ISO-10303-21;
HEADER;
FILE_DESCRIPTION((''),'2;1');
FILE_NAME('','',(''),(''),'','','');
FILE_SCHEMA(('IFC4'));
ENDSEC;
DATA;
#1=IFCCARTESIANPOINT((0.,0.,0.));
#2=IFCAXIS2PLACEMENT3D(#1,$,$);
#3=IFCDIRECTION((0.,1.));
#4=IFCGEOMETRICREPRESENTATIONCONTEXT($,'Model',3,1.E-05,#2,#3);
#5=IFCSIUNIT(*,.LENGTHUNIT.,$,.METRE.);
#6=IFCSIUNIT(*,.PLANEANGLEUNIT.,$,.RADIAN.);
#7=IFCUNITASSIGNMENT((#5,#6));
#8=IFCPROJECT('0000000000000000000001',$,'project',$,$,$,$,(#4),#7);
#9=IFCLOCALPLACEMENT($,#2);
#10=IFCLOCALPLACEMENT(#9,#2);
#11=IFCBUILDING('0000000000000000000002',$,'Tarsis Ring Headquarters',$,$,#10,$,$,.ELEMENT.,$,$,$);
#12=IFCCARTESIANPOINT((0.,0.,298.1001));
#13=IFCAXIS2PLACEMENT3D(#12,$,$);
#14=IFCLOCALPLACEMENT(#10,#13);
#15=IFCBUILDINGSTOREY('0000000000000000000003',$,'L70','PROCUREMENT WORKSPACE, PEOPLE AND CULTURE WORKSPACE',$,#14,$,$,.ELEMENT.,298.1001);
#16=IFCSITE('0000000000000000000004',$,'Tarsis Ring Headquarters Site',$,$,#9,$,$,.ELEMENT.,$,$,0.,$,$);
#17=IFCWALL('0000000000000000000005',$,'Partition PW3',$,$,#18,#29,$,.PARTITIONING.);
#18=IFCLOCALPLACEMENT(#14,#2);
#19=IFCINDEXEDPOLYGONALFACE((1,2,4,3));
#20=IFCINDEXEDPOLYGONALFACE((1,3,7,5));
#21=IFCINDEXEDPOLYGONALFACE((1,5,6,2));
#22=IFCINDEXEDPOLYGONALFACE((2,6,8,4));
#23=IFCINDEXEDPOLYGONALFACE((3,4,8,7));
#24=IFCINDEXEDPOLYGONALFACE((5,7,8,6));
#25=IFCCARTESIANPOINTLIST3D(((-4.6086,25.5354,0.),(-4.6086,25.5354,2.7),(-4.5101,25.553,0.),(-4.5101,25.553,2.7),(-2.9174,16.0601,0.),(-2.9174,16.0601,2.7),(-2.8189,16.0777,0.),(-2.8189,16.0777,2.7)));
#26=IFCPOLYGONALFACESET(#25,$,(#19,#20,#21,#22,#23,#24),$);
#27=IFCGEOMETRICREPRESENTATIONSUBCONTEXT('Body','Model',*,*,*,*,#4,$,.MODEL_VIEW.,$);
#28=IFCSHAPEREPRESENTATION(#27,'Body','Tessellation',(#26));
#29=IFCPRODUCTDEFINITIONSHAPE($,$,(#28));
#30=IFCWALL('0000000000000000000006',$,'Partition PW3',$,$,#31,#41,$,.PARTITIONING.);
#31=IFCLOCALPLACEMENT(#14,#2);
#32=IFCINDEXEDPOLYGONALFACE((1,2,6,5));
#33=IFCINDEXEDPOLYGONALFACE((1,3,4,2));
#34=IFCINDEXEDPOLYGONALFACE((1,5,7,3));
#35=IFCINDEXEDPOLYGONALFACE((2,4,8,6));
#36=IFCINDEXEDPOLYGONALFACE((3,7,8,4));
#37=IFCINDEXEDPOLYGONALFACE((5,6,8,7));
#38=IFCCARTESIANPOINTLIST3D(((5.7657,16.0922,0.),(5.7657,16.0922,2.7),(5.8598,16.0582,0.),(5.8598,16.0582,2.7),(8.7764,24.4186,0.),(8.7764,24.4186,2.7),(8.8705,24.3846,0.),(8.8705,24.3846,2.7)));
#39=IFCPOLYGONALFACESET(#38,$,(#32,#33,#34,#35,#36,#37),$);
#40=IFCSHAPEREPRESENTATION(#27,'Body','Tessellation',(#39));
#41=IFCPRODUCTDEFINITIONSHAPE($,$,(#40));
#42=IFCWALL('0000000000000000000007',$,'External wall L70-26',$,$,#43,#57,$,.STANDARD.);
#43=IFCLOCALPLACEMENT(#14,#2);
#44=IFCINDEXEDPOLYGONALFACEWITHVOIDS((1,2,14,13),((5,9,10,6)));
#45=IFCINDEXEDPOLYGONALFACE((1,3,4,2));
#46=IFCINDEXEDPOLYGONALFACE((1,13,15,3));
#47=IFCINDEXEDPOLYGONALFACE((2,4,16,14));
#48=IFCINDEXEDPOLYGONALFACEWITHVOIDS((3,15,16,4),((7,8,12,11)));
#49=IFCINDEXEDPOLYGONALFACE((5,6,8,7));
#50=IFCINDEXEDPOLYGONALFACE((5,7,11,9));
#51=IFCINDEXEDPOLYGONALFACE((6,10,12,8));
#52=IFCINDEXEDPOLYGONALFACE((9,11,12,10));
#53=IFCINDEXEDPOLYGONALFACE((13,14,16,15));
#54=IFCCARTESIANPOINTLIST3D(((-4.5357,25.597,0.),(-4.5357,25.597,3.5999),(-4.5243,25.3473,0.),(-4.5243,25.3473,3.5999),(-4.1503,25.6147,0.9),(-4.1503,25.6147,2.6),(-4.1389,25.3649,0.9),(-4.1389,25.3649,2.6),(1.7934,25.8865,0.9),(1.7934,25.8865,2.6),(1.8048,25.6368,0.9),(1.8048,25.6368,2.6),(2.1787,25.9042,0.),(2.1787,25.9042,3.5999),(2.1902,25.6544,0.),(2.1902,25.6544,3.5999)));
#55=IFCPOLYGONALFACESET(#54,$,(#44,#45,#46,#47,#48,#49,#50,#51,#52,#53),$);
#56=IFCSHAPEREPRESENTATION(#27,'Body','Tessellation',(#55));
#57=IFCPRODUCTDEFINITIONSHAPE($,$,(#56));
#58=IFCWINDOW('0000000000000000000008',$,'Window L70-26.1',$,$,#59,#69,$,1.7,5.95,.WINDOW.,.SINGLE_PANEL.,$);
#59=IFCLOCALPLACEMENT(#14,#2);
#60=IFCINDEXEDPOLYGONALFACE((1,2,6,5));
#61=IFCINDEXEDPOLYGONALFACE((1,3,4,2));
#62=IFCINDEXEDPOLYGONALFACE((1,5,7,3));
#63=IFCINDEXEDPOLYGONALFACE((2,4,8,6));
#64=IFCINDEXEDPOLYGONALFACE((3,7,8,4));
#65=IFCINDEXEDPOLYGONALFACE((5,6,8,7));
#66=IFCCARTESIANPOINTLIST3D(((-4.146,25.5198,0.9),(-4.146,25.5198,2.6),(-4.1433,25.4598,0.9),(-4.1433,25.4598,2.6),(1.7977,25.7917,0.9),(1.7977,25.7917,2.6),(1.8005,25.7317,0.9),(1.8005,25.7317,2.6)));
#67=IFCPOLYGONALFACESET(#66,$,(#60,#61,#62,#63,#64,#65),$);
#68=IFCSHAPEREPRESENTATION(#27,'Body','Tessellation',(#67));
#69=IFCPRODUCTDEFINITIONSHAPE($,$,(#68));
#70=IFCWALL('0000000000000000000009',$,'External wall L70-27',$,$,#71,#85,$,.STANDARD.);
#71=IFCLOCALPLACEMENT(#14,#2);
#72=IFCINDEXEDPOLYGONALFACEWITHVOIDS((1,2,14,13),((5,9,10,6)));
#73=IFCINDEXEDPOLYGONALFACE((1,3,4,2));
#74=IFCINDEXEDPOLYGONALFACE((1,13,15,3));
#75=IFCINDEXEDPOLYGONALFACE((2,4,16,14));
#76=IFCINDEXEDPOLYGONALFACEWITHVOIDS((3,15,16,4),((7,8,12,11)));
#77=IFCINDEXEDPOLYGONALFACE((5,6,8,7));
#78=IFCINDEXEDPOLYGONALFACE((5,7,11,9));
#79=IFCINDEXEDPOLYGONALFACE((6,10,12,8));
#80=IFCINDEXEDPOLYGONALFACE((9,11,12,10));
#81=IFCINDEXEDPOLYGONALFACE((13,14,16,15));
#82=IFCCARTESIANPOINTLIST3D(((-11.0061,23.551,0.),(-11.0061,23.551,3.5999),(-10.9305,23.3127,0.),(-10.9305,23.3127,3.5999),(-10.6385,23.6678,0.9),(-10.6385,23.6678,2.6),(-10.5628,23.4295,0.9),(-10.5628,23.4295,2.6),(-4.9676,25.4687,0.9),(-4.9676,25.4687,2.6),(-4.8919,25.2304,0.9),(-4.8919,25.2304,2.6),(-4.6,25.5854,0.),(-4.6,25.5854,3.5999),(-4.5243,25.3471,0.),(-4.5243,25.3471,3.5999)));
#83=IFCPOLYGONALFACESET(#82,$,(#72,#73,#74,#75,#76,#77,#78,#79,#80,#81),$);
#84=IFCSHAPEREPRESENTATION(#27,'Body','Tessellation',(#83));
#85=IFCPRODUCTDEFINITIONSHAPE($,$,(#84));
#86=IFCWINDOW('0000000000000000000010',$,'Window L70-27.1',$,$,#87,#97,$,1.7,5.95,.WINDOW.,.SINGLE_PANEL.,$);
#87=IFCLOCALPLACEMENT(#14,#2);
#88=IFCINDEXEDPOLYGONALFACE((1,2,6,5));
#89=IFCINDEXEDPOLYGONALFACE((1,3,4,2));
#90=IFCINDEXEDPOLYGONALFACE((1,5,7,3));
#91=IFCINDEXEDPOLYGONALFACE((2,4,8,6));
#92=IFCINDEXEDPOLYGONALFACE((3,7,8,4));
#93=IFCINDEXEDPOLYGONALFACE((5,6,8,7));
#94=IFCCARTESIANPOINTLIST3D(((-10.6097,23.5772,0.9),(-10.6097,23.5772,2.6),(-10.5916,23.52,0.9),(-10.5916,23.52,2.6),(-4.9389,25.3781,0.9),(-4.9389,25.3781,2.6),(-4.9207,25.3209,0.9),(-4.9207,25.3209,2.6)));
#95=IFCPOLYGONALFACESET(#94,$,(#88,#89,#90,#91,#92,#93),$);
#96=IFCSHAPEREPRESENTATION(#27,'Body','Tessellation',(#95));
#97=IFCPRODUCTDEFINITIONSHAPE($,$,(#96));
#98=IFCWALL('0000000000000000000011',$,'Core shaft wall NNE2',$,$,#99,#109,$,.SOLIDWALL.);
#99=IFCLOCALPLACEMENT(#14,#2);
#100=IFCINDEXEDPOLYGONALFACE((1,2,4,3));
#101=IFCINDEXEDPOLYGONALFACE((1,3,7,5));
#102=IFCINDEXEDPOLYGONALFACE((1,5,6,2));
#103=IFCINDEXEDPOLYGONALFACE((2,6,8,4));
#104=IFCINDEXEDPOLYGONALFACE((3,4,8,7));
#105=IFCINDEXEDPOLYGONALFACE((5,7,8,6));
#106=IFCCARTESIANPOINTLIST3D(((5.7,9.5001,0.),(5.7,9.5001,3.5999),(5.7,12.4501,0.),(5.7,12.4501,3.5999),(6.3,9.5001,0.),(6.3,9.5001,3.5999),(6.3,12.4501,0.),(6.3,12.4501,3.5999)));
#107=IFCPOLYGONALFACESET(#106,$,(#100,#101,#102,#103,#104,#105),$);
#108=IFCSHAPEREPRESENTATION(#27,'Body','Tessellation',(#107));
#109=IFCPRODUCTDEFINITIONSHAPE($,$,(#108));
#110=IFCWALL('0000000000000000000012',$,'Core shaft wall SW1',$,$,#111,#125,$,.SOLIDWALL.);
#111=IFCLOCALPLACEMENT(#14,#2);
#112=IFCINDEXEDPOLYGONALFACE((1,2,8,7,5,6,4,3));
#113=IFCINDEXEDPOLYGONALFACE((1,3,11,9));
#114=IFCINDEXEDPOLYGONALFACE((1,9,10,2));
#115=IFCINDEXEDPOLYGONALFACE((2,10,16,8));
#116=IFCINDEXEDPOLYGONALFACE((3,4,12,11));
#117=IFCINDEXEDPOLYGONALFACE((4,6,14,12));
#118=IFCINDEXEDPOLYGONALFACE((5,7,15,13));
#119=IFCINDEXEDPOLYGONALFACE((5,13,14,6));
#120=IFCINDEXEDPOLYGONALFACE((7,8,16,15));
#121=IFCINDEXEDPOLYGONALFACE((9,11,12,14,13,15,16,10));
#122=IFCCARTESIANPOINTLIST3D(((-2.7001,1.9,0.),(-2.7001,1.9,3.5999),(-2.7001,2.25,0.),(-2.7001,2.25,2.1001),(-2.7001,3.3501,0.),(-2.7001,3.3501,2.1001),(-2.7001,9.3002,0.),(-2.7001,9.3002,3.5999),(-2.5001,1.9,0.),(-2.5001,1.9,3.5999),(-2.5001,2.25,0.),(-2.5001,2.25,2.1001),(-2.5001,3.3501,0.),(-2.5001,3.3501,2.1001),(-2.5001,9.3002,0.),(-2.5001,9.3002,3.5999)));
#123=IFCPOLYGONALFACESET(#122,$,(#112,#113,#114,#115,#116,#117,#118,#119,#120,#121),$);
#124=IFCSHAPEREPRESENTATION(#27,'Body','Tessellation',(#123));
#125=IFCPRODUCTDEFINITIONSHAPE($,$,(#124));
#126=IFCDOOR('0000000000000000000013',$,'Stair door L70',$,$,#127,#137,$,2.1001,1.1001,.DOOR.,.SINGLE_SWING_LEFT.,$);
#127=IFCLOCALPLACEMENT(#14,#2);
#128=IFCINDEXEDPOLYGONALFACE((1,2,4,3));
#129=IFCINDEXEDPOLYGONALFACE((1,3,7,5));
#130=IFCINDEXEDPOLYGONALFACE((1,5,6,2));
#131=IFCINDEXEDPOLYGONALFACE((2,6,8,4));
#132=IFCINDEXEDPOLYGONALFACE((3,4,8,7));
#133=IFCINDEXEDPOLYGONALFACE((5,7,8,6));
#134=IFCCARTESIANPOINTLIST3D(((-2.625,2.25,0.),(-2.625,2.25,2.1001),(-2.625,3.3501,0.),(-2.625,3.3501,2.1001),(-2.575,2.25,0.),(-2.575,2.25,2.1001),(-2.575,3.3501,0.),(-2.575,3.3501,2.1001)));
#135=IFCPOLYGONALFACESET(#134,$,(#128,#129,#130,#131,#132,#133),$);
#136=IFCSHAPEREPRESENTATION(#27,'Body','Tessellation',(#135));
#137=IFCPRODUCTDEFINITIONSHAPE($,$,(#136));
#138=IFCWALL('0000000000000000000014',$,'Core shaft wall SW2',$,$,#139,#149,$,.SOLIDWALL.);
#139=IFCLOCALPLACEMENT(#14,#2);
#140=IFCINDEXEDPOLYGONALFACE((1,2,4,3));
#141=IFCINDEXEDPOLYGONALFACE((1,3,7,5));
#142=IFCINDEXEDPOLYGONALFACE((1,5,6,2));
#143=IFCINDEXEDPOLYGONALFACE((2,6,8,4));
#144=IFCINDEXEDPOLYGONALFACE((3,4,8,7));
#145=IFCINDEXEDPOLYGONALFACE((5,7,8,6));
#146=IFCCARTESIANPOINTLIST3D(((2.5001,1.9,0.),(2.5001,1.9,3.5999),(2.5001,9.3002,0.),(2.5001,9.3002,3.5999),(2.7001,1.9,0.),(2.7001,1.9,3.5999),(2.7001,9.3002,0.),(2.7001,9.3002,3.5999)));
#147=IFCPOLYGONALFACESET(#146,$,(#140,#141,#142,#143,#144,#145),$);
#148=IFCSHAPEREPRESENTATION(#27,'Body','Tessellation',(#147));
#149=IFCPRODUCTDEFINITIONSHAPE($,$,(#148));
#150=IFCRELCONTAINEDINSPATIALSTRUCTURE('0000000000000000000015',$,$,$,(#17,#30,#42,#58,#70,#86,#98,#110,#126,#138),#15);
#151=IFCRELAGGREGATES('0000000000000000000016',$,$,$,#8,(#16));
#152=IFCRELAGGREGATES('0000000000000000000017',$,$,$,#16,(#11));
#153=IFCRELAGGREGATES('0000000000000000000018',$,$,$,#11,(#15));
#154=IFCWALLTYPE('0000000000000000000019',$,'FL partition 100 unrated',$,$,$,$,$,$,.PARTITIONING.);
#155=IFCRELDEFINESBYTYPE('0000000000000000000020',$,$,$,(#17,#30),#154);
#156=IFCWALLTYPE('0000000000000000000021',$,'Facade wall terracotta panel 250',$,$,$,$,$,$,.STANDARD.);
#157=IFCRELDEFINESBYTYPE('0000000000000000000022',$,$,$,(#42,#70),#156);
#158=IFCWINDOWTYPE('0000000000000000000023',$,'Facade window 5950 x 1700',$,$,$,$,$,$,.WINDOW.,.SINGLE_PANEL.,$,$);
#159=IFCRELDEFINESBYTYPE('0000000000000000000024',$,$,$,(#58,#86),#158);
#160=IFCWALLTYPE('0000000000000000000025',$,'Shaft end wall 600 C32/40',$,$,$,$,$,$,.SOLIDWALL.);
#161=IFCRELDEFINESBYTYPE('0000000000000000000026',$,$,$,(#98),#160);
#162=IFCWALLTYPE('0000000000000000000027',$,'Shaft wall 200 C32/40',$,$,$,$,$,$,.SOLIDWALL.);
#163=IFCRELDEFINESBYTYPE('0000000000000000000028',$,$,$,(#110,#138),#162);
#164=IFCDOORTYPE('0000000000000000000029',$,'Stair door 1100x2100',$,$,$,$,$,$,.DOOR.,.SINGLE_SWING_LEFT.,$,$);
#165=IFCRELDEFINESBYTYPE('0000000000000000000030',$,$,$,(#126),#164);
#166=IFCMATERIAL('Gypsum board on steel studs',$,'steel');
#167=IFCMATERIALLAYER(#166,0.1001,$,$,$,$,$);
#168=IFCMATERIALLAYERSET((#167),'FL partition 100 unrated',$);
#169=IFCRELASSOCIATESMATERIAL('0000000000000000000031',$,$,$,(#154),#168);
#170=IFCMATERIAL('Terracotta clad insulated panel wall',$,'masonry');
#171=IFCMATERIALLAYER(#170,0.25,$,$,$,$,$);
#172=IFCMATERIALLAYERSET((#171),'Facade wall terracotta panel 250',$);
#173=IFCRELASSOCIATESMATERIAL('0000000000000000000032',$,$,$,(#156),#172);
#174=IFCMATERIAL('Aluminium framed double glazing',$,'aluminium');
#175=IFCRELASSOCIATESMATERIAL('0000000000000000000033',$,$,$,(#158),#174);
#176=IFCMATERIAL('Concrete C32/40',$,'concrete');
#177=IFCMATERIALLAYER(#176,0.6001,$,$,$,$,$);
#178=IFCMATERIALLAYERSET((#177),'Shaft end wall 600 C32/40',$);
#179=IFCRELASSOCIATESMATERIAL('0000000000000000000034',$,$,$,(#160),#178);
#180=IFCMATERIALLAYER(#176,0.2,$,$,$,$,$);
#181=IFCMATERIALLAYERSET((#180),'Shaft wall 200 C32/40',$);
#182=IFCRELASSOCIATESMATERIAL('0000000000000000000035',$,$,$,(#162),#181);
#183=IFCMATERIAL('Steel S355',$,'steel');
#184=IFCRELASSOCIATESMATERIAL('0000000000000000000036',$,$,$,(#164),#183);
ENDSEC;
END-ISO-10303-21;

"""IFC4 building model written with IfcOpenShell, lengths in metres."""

from ifc_helpers import new_model, si_unit, direction, frame, frame_2d, origin, place, context, subcontext, project, spatial, rectangle, extrude, material, layer, layer_set, type_object, element, fill, save


model = new_model("IFC4")

# Units and contexts
model_context = context("Model", 3, precision=1e-05, world=origin(), true_north=direction((0.0, 1.0)))
body_context = subcontext(model_context, "Body", "Model", "MODEL_VIEW")
ifc_project = project(units=[si_unit("LENGTHUNIT", "METRE"), si_unit("PLANEANGLEUNIT", "RADIAN")], contexts=[model_context])

# Site, building, storey
site_placement = place(None, origin())
site = spatial("IfcSite", under=ifc_project, at=site_placement, Name="Tarsis Ring Headquarters Site", CompositionType="ELEMENT", RefElevation=0.0)
building_placement = place(site_placement, origin())
building = spatial("IfcBuilding", under=site, at=building_placement, Name="Tarsis Ring Headquarters", CompositionType="ELEMENT")
storey_placement = place(building_placement, frame((0.0, 0.0, 298.1001)))
storey = spatial("IfcBuildingStorey", under=building, at=storey_placement, Name="L70", Description="PROCUREMENT WORKSPACE, PEOPLE AND CULTURE WORKSPACE", CompositionType="ELEMENT", Elevation=298.1001)

# Walls
ifc_material_1 = material(Name="Gypsum board on steel studs", Category="steel")
ifc_layer_1 = layer(ifc_material_1, 0.1001)
ifc_layer_set_1 = layer_set([ifc_layer_1], Name="FL partition 100 unrated")
wall_type_1 = type_object("IfcWallType", Name="FL partition 100 unrated", PredefinedType="PARTITIONING", material=ifc_layer_set_1)
wall_1_placement = place(storey_placement, frame((-4.5593, 25.5442, 0.0), z_axis=(0.0, 0.0, 1.0), x_axis=(0.175704, -0.984443, 0.0)))
element("IfcWall", 1, at=wall_1_placement, inside=storey, type_object=wall_type_1, Name="Partition PW3", PredefinedType="PARTITIONING", context=body_context, shape_type="SweptSolid", body=[
    extrude(rectangle(XDim=9.625, YDim=0.1001, at=frame_2d((4.8125, 0.0))), origin(), (0.0, 0.0, 1.0), 2.7),
])
wall_2_placement = place(storey_placement, frame((5.8127, 16.0752, 0.0), z_axis=(0.0, 0.0, 1.0), x_axis=(0.340042, 0.94041, 0.0)))
element("IfcWall", 2, at=wall_2_placement, inside=storey, type_object=wall_type_1, Name="Partition PW3", PredefinedType="PARTITIONING", context=body_context, shape_type="SweptSolid", body=[
    extrude(rectangle(XDim=8.854, YDim=0.1001, at=frame_2d((4.427, 0.0))), origin(), (0.0, 0.0, 1.0), 2.7),
])

# Walls, openings, windows
ifc_material_2 = material(Name="Terracotta clad insulated panel wall", Category="masonry")
ifc_layer_2 = layer(ifc_material_2, 0.25)
ifc_layer_set_2 = layer_set([ifc_layer_2], Name="Facade wall terracotta panel 250")
wall_type_2 = type_object("IfcWallType", Name="Facade wall terracotta panel 250", PredefinedType="STANDARD", material=ifc_layer_set_2)
wall_3_placement = place(storey_placement, frame((2.1846, 25.7793, 0.0), z_axis=(0.0, 0.0, 1.0), x_axis=(-0.998955, -0.045694, 0.0)))
wall_3 = element("IfcWall", 3, at=wall_3_placement, inside=storey, type_object=wall_type_2, Name="External wall L70-26", PredefinedType="STANDARD", context=body_context, shape_type="SweptSolid", body=[
    extrude(rectangle(XDim=6.7214, YDim=0.25, at=frame_2d((3.3608, 0.0))), origin(), (0.0, 0.0, 1.0), 3.5999),
])
opening_1_placement = place(wall_3_placement, frame((0.3857, 0.0, 0.8999)))
opening_1 = element("IfcOpeningElement", 4, at=opening_1_placement, cuts=wall_3, PredefinedType="OPENING", context=body_context, shape_type="SweptSolid", body=[
    extrude(rectangle(XDim=5.95, YDim=1.7, at=frame_2d((2.9751, 0.8501))), frame((0.0, 0.135, 0.0), z_axis=(0.0, -1.0, 0.0), x_axis=(1.0, 0.0, 0.0)), (0.0, 0.0, 1.0), 0.27),
])
ifc_material_3 = material(Name="Aluminium framed double glazing", Category="aluminium")
window_type = type_object("IfcWindowType", Name="Facade window 5950 x 1700", PartitioningType="SINGLE_PANEL", PredefinedType="WINDOW", material=ifc_material_3)
window_1_placement = place(opening_1_placement, origin())
window_1 = element("IfcWindow", 5, at=window_1_placement, inside=storey, type_object=window_type, Name="Window L70-26.1", OverallHeight=1.7, OverallWidth=5.95, PartitioningType="SINGLE_PANEL", PredefinedType="WINDOW", context=body_context, shape_type="SweptSolid", body=[
    extrude(rectangle(XDim=5.95, YDim=1.7, at=frame_2d((2.9751, 0.8501))), frame((0.0, 0.03, 0.0), z_axis=(0.0, -1.0, 0.0), x_axis=(1.0, 0.0, 0.0)), (0.0, 0.0, 1.0), 0.0601),
])
fill(opening_1, window_1)
wall_4_placement = place(storey_placement, frame((-4.562, 25.4663, 0.0), z_axis=(0.0, 0.0, 1.0), x_axis=(-0.953094, -0.302673, 0.0)))
wall_4 = element("IfcWall", 6, at=wall_4_placement, inside=storey, type_object=wall_type_2, Name="External wall L70-27", PredefinedType="STANDARD", context=body_context, shape_type="SweptSolid", body=[
    extrude(rectangle(XDim=6.7214, YDim=0.25, at=frame_2d((3.3608, 0.0))), origin(), (0.0, 0.0, 1.0), 3.5999),
])
opening_2_placement = place(wall_4_placement, frame((0.3857, 0.0, 0.8999)))
opening_2 = element("IfcOpeningElement", 7, at=opening_2_placement, cuts=wall_4, PredefinedType="OPENING", context=body_context, shape_type="SweptSolid", body=[
    extrude(rectangle(XDim=5.95, YDim=1.7, at=frame_2d((2.9751, 0.8501))), frame((0.0, 0.135, 0.0), z_axis=(0.0, -1.0, 0.0), x_axis=(1.0, 0.0, 0.0)), (0.0, 0.0, 1.0), 0.27),
])
window_2_placement = place(opening_2_placement, origin())
window_2 = element("IfcWindow", 8, at=window_2_placement, inside=storey, type_object=window_type, Name="Window L70-27.1", OverallHeight=1.7, OverallWidth=5.95, PartitioningType="SINGLE_PANEL", PredefinedType="WINDOW", context=body_context, shape_type="SweptSolid", body=[
    extrude(rectangle(XDim=5.95, YDim=1.7, at=frame_2d((2.9751, 0.8501))), frame((0.0, 0.03, 0.0), z_axis=(0.0, -1.0, 0.0), x_axis=(1.0, 0.0, 0.0)), (0.0, 0.0, 1.0), 0.0601),
])
fill(opening_2, window_2)

# Wall
ifc_material_4 = material(Name="Concrete C32/40", Category="concrete")
ifc_layer_3 = layer(ifc_material_4, 0.6001)
ifc_layer_set_3 = layer_set([ifc_layer_3], Name="Shaft end wall 600 C32/40")
wall_type_3 = type_object("IfcWallType", Name="Shaft end wall 600 C32/40", PredefinedType="SOLIDWALL", material=ifc_layer_set_3)
wall_5_placement = place(storey_placement, frame((6.0, 9.5, 0.0), z_axis=(0.0, 0.0, 1.0), x_axis=(0.0, 1.0, 0.0)))
element("IfcWall", 9, at=wall_5_placement, inside=storey, type_object=wall_type_3, Name="Core shaft wall NNE2", PredefinedType="SOLIDWALL", context=body_context, shape_type="SweptSolid", body=[
    extrude(rectangle(XDim=2.95, YDim=0.6001, at=frame_2d((1.4751, 0.0))), origin(), (0.0, 0.0, 1.0), 3.5999),
])

# Wall, opening, door
ifc_layer_4 = layer(ifc_material_4, 0.2)
ifc_layer_set_4 = layer_set([ifc_layer_4], Name="Shaft wall 200 C32/40")
wall_type_4 = type_object("IfcWallType", Name="Shaft wall 200 C32/40", PredefinedType="SOLIDWALL", material=ifc_layer_set_4)
wall_6_placement = place(storey_placement, frame((-2.6001, 1.8999, 0.0), z_axis=(0.0, 0.0, 1.0), x_axis=(0.0, 1.0, 0.0)))
wall_6 = element("IfcWall", 10, at=wall_6_placement, inside=storey, type_object=wall_type_4, Name="Core shaft wall SW1", PredefinedType="SOLIDWALL", context=body_context, shape_type="SweptSolid", body=[
    extrude(rectangle(XDim=7.4001, YDim=0.2, at=frame_2d((3.7002, 0.0))), origin(), (0.0, 0.0, 1.0), 3.5999),
])
opening_3_placement = place(wall_6_placement, frame((0.3501, 0.0, 0.0)))
opening_3 = element("IfcOpeningElement", 11, at=opening_3_placement, cuts=wall_6, PredefinedType="OPENING", context=body_context, shape_type="SweptSolid", body=[
    extrude(rectangle(XDim=1.1001, YDim=2.1001, at=frame_2d((0.55, 1.05))), frame((0.0, 0.1099, 0.0), z_axis=(0.0, -1.0, 0.0), x_axis=(1.0, 0.0, 0.0)), (0.0, 0.0, 1.0), 0.22),
])
ifc_material_5 = material(Name="Steel S355", Category="steel")
door_type_1 = type_object("IfcDoorType", Name="Stair door 1100x2100", OperationType="SINGLE_SWING_LEFT", PredefinedType="DOOR", material=ifc_material_5)
door_1_placement = place(opening_3_placement, origin())
door_1 = element("IfcDoor", 12, at=door_1_placement, inside=storey, type_object=door_type_1, Name="Stair door L70", OperationType="SINGLE_SWING_LEFT", OverallHeight=2.1001, OverallWidth=1.1001, PredefinedType="DOOR", context=body_context, shape_type="SweptSolid", body=[
    extrude(rectangle(XDim=1.1001, YDim=2.1001, at=frame_2d((0.55, 1.05))), frame((0.0, 0.0249, 0.0), z_axis=(0.0, -1.0, 0.0), x_axis=(1.0, 0.0, 0.0)), (0.0, 0.0, 1.0), 0.05),
])
fill(opening_3, door_1)

# Wall
wall_7_placement = place(storey_placement, frame((2.6001, 1.8999, 0.0), z_axis=(0.0, 0.0, 1.0), x_axis=(0.0, 1.0, 0.0)))
element("IfcWall", 13, at=wall_7_placement, inside=storey, type_object=wall_type_4, Name="Core shaft wall SW2", PredefinedType="SOLIDWALL", context=body_context, shape_type="SweptSolid", body=[
    extrude(rectangle(XDim=7.4001, YDim=0.2, at=frame_2d((3.7002, 0.0))), origin(), (0.0, 0.0, 1.0), 3.5999),
])

save(model, "model.ifc")
